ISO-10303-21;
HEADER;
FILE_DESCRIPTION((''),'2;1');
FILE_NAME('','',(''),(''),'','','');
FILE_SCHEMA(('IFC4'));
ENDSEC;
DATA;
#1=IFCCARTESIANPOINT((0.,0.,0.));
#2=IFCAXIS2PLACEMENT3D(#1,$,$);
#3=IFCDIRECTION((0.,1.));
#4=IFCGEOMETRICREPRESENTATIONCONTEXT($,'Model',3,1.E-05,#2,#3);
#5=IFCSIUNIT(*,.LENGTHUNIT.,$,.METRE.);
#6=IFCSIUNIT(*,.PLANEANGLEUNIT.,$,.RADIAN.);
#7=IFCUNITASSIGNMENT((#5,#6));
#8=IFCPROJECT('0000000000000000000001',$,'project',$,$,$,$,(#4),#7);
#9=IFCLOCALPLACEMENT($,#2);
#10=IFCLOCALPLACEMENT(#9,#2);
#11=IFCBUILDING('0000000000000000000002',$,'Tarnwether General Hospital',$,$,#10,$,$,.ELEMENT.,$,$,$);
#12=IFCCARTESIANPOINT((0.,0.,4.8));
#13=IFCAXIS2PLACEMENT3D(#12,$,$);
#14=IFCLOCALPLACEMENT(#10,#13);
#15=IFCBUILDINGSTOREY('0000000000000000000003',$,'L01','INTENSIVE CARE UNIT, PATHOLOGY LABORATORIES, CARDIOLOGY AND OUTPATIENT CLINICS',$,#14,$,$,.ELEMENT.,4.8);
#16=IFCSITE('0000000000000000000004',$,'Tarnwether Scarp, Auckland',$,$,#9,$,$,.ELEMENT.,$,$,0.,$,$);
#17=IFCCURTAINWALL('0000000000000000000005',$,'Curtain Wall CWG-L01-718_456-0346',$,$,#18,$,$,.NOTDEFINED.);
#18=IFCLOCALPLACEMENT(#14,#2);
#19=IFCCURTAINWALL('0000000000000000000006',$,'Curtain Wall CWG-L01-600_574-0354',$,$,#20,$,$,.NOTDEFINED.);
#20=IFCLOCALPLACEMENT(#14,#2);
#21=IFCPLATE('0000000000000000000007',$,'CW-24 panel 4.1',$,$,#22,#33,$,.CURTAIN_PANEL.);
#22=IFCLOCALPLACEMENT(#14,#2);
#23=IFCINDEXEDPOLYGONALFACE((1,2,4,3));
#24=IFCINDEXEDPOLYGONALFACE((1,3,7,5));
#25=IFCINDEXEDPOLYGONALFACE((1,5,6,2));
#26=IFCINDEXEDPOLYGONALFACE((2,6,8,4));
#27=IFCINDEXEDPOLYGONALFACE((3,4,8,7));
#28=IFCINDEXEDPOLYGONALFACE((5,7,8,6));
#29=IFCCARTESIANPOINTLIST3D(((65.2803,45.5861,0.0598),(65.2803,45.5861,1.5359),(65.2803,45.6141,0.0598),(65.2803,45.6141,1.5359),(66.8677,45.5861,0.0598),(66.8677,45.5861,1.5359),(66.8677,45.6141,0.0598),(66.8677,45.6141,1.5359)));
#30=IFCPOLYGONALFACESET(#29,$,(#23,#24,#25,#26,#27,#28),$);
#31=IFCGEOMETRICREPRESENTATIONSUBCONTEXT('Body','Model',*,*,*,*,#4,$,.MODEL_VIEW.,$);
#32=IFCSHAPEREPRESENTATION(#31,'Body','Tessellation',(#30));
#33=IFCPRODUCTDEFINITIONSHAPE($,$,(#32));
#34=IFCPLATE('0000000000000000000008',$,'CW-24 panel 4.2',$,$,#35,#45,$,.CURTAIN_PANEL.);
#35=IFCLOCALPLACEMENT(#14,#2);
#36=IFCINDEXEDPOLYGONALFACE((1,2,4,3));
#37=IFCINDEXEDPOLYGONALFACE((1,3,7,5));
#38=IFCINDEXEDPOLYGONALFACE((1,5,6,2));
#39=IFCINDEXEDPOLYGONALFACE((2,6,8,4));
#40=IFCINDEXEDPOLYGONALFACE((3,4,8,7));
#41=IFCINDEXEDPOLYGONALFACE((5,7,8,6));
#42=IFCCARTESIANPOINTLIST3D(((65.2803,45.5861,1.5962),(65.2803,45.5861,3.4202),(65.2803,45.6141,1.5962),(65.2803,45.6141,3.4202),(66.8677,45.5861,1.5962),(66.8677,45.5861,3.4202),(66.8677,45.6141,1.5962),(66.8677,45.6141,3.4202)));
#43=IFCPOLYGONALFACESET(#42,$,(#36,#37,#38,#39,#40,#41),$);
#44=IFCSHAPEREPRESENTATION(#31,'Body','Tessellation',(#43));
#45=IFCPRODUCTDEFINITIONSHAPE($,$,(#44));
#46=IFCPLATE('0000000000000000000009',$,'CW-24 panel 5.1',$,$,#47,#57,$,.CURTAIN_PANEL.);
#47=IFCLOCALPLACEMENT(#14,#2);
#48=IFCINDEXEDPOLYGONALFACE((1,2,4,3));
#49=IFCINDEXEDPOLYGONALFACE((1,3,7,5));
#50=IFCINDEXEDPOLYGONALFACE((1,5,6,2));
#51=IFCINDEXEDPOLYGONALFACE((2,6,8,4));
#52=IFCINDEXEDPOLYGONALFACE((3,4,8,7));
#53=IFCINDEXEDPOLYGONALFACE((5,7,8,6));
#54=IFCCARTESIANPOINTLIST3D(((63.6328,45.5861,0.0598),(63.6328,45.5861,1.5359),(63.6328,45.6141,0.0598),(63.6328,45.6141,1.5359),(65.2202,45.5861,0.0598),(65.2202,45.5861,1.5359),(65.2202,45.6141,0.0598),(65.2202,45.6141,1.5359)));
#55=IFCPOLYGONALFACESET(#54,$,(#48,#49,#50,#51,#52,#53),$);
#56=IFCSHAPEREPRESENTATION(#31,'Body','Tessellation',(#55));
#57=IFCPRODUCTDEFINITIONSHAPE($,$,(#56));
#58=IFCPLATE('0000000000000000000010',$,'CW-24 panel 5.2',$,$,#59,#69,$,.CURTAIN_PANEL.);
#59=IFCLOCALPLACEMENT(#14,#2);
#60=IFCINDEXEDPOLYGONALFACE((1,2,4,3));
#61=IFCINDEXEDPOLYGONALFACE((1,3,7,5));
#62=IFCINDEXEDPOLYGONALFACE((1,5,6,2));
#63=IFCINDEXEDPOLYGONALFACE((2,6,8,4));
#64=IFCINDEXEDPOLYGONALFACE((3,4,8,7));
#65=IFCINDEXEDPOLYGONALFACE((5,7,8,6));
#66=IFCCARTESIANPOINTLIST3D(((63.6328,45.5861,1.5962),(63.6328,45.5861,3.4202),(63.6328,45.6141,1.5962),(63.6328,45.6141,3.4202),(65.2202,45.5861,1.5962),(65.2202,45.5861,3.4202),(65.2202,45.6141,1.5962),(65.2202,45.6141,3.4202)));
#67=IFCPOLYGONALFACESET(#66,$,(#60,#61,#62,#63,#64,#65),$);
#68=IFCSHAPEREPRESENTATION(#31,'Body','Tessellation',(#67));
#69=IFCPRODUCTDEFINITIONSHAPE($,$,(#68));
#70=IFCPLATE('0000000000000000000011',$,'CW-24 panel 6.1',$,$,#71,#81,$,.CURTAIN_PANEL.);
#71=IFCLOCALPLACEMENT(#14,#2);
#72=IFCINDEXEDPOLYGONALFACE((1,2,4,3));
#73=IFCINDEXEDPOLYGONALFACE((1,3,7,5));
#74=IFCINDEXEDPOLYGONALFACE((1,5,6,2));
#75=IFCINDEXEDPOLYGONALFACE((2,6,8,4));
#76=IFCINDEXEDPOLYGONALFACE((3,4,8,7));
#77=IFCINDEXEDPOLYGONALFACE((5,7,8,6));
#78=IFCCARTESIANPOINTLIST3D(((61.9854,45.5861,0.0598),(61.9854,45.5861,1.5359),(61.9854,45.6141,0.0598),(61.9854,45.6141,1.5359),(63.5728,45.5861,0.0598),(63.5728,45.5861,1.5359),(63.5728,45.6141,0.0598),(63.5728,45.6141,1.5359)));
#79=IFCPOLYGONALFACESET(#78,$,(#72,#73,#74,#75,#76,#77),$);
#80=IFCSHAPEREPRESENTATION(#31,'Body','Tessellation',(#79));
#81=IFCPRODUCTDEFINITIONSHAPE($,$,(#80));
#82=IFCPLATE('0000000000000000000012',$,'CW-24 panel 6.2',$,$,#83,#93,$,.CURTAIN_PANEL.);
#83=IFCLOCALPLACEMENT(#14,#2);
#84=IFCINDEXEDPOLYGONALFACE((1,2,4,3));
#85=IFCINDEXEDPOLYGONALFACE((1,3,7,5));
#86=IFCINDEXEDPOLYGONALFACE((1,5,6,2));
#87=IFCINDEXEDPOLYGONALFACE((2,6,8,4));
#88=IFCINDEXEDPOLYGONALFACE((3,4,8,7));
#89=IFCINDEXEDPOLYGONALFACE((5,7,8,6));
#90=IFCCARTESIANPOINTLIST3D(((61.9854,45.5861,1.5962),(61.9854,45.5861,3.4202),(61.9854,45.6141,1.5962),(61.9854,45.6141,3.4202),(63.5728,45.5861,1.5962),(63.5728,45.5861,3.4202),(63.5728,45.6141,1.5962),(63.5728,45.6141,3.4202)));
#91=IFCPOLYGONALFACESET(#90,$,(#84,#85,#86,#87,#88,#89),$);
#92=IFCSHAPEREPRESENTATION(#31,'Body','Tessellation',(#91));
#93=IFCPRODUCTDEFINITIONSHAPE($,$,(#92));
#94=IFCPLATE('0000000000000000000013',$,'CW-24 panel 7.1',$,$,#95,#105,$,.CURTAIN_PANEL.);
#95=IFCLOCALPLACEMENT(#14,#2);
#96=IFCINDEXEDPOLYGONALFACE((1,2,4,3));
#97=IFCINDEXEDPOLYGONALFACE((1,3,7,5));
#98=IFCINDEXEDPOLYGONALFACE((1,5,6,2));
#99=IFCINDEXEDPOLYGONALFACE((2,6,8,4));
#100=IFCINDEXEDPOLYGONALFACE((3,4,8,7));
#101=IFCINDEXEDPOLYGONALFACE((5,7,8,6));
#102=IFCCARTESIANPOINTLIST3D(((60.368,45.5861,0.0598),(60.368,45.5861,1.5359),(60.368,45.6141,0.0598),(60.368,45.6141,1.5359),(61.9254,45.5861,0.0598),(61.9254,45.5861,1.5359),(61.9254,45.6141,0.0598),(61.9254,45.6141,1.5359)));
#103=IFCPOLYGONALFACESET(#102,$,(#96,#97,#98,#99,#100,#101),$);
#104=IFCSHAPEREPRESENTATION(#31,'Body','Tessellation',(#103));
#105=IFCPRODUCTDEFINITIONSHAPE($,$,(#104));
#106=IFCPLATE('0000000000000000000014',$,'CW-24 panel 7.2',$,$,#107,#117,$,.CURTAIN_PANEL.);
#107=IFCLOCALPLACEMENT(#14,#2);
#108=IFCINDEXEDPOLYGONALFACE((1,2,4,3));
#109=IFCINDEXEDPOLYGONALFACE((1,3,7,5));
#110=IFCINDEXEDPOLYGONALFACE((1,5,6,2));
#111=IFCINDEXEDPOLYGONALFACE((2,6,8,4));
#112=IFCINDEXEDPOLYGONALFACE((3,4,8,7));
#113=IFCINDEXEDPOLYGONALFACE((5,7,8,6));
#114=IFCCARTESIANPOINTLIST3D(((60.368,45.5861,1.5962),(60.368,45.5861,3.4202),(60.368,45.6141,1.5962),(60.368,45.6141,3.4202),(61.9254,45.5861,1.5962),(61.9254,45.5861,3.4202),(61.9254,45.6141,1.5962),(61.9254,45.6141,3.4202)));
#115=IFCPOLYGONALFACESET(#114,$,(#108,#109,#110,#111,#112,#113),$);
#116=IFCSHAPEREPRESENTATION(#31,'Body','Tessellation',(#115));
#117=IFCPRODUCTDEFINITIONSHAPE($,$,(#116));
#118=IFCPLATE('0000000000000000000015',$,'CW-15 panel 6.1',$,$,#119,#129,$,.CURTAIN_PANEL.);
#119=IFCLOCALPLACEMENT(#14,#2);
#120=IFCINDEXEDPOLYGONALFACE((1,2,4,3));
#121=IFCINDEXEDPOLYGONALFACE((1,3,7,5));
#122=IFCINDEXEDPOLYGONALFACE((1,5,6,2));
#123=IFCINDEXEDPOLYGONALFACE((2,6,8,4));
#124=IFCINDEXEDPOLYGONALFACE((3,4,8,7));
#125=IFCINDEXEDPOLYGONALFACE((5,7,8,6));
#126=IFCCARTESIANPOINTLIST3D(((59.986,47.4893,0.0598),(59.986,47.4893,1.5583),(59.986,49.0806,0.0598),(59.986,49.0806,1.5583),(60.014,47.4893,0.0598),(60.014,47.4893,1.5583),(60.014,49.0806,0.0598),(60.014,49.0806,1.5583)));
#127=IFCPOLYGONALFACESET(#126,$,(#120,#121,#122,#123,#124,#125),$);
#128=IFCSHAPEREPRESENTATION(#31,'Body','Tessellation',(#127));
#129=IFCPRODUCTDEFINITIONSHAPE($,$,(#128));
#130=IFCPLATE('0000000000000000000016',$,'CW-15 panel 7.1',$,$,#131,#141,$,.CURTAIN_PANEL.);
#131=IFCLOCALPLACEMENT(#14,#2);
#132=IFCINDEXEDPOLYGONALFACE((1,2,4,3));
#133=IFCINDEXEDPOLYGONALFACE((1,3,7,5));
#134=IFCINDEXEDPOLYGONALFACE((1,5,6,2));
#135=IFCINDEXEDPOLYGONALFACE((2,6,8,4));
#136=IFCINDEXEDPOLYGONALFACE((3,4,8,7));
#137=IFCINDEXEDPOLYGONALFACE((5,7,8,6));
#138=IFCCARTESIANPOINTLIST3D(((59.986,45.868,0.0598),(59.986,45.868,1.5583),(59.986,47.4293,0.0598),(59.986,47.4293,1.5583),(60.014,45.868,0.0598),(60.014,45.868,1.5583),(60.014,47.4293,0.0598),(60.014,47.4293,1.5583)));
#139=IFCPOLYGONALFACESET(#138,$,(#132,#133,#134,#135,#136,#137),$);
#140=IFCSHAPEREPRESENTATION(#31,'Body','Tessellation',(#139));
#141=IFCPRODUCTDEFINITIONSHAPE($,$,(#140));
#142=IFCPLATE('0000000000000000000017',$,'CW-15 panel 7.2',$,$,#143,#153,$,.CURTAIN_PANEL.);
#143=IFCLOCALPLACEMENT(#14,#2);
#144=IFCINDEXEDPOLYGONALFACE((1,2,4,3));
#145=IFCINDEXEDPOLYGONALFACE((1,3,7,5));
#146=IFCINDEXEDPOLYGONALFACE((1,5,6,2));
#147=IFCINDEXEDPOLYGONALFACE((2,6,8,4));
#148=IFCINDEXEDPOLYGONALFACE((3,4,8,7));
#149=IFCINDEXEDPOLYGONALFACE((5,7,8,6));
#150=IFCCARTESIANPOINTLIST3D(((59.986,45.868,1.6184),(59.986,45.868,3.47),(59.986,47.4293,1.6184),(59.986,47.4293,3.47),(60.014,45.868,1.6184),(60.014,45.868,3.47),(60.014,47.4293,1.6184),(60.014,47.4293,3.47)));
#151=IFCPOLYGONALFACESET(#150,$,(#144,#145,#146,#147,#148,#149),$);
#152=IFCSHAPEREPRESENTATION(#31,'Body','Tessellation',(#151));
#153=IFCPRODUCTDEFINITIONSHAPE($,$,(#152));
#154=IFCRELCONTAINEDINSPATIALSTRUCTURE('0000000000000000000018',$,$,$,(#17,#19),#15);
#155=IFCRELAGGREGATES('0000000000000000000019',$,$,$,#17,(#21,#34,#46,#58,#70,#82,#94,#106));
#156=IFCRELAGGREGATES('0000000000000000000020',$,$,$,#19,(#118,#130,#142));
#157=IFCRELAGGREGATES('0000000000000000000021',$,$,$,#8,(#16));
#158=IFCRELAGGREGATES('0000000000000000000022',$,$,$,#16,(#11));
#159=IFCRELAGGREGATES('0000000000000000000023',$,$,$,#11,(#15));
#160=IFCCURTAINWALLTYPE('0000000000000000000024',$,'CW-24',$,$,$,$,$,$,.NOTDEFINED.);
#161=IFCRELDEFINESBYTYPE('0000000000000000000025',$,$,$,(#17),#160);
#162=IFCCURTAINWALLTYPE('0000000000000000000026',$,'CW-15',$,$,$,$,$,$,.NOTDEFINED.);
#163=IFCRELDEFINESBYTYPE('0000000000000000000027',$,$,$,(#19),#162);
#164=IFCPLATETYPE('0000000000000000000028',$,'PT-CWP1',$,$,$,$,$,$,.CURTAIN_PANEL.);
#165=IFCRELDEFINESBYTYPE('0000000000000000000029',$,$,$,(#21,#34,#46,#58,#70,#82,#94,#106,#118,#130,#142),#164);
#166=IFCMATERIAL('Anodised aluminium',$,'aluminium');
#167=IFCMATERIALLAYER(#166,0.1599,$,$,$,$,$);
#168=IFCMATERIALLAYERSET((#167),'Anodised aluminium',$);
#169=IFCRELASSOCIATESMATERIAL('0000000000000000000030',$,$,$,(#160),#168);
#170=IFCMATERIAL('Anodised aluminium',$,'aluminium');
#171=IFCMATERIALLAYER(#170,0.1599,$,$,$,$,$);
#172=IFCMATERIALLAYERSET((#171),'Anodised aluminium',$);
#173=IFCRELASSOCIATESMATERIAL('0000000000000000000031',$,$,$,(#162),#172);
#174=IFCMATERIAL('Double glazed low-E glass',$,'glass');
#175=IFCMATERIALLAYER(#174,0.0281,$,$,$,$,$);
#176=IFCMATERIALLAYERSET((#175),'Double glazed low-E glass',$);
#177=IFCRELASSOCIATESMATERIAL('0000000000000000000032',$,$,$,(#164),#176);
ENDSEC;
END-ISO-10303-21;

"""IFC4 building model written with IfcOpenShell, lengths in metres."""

from ifc_helpers import new_model, si_unit, direction, frame, origin, origin_2d, place, context, subcontext, project, spatial, rectangle, extrude, material, layer, layer_set, type_object, element, aggregate, save


model = new_model("IFC4")

# Units and contexts
model_context = context("Model", 3, precision=1e-05, world=origin(), true_north=direction((0.0, 1.0)))
body_context = subcontext(model_context, "Body", "Model", "MODEL_VIEW")
ifc_project = project(units=[si_unit("LENGTHUNIT", "METRE"), si_unit("PLANEANGLEUNIT", "RADIAN")], contexts=[model_context])

# Site, building, storey
site_placement = place(None, origin())
site = spatial("IfcSite", under=ifc_project, at=site_placement, Name="Tarnwether Scarp, Auckland", CompositionType="ELEMENT", RefElevation=0.0)
building_placement = place(site_placement, origin())
building = spatial("IfcBuilding", under=site, at=building_placement, Name="Tarnwether General Hospital", CompositionType="ELEMENT")
storey_placement = place(building_placement, frame((0.0, 0.0, 4.8)))
storey = spatial("IfcBuildingStorey", under=building, at=storey_placement, Name="L01", Description="INTENSIVE CARE UNIT, PATHOLOGY LABORATORIES, CARDIOLOGY AND OUTPATIENT CLINICS", CompositionType="ELEMENT", Elevation=4.8)

# Curtain walls
ifc_material_1 = material(Name="Anodised aluminium", Category="aluminium")
ifc_layer_1 = layer(ifc_material_1, 0.1599)
ifc_layer_set_1 = layer_set([ifc_layer_1], Name="Anodised aluminium")
curtain_wall_type_1 = type_object("IfcCurtainWallType", Name="CW-24", PredefinedType="NOTDEFINED", material=ifc_layer_set_1)
curtain_wall_1_placement = place(storey_placement, origin())
curtain_wall_1 = element("IfcCurtainWall", 1, at=curtain_wall_1_placement, inside=storey, type_object=curtain_wall_type_1, Name="Curtain Wall CWG-L01-718_456-0346", PredefinedType="NOTDEFINED")
ifc_material_2 = material(Name="Anodised aluminium", Category="aluminium")
ifc_layer_2 = layer(ifc_material_2, 0.1599)
ifc_layer_set_2 = layer_set([ifc_layer_2], Name="Anodised aluminium")
curtain_wall_type_2 = type_object("IfcCurtainWallType", Name="CW-15", PredefinedType="NOTDEFINED", material=ifc_layer_set_2)
curtain_wall_2_placement = place(storey_placement, origin())
curtain_wall_2 = element("IfcCurtainWall", 2, at=curtain_wall_2_placement, inside=storey, type_object=curtain_wall_type_2, Name="Curtain Wall CWG-L01-600_574-0354", PredefinedType="NOTDEFINED")

# Plates
ifc_material_3 = material(Name="Double glazed low-E glass", Category="glass")
ifc_layer_3 = layer(ifc_material_3, 0.0281)
ifc_layer_set_3 = layer_set([ifc_layer_3], Name="Double glazed low-E glass")
plate_type = type_object("IfcPlateType", Name="PT-CWP1", PredefinedType="CURTAIN_PANEL", material=ifc_layer_set_3)
plate_1_placement = place(storey_placement, frame((66.074, 45.6001, 0.0598), z_axis=(0.0, 0.0, 1.0), x_axis=(-1.0, 0.0, 0.0)))
plate_1 = element("IfcPlate", 3, at=plate_1_placement, type_object=plate_type, Name="CW-24 panel 4.1", PredefinedType="CURTAIN_PANEL", context=body_context, shape_type="SweptSolid", body=[
    extrude(rectangle(XDim=1.5874, YDim=0.0281, at=origin_2d()), origin(), (0.0, 0.0, 1.0), 1.4761),
])
plate_2_placement = place(storey_placement, frame((66.074, 45.6001, 1.5962), z_axis=(0.0, 0.0, 1.0), x_axis=(-1.0, 0.0, 0.0)))
plate_2 = element("IfcPlate", 4, at=plate_2_placement, type_object=plate_type, Name="CW-24 panel 4.2", PredefinedType="CURTAIN_PANEL", context=body_context, shape_type="SweptSolid", body=[
    extrude(rectangle(XDim=1.5874, YDim=0.0281, at=origin_2d()), origin(), (0.0, 0.0, 1.0), 1.824),
])
plate_3_placement = place(storey_placement, frame((64.4265, 45.6001, 0.0598), z_axis=(0.0, 0.0, 1.0), x_axis=(-1.0, 0.0, 0.0)))
plate_3 = element("IfcPlate", 5, at=plate_3_placement, type_object=plate_type, Name="CW-24 panel 5.1", PredefinedType="CURTAIN_PANEL", context=body_context, shape_type="SweptSolid", body=[
    extrude(rectangle(XDim=1.5874, YDim=0.0281, at=origin_2d()), origin(), (0.0, 0.0, 1.0), 1.4761),
])
plate_4_placement = place(storey_placement, frame((64.4265, 45.6001, 1.5962), z_axis=(0.0, 0.0, 1.0), x_axis=(-1.0, 0.0, 0.0)))
plate_4 = element("IfcPlate", 6, at=plate_4_placement, type_object=plate_type, Name="CW-24 panel 5.2", PredefinedType="CURTAIN_PANEL", context=body_context, shape_type="SweptSolid", body=[
    extrude(rectangle(XDim=1.5874, YDim=0.0281, at=origin_2d()), origin(), (0.0, 0.0, 1.0), 1.824),
])
plate_5_placement = place(storey_placement, frame((62.7791, 45.6001, 0.0598), z_axis=(0.0, 0.0, 1.0), x_axis=(-1.0, 0.0, 0.0)))
plate_5 = element("IfcPlate", 7, at=plate_5_placement, type_object=plate_type, Name="CW-24 panel 6.1", PredefinedType="CURTAIN_PANEL", context=body_context, shape_type="SweptSolid", body=[
    extrude(rectangle(XDim=1.5874, YDim=0.0281, at=origin_2d()), origin(), (0.0, 0.0, 1.0), 1.4761),
])
plate_6_placement = place(storey_placement, frame((62.7791, 45.6001, 1.5962), z_axis=(0.0, 0.0, 1.0), x_axis=(-1.0, 0.0, 0.0)))
plate_6 = element("IfcPlate", 8, at=plate_6_placement, type_object=plate_type, Name="CW-24 panel 6.2", PredefinedType="CURTAIN_PANEL", context=body_context, shape_type="SweptSolid", body=[
    extrude(rectangle(XDim=1.5874, YDim=0.0281, at=origin_2d()), origin(), (0.0, 0.0, 1.0), 1.824),
])
plate_7_placement = place(storey_placement, frame((61.1467, 45.6001, 0.0598), z_axis=(0.0, 0.0, 1.0), x_axis=(-1.0, 0.0, 0.0)))
plate_7 = element("IfcPlate", 9, at=plate_7_placement, type_object=plate_type, Name="CW-24 panel 7.1", PredefinedType="CURTAIN_PANEL", context=body_context, shape_type="SweptSolid", body=[
    extrude(rectangle(XDim=1.5574, YDim=0.0281, at=origin_2d()), origin(), (0.0, 0.0, 1.0), 1.4761),
])
plate_8_placement = place(storey_placement, frame((61.1467, 45.6001, 1.5962), z_axis=(0.0, 0.0, 1.0), x_axis=(-1.0, 0.0, 0.0)))
plate_8 = element("IfcPlate", 10, at=plate_8_placement, type_object=plate_type, Name="CW-24 panel 7.2", PredefinedType="CURTAIN_PANEL", context=body_context, shape_type="SweptSolid", body=[
    extrude(rectangle(XDim=1.5574, YDim=0.0281, at=origin_2d()), origin(), (0.0, 0.0, 1.0), 1.824),
])
aggregate(curtain_wall_1, [plate_1, plate_2, plate_3, plate_4, plate_5, plate_6, plate_7, plate_8])
plate_9_placement = place(storey_placement, frame((60.0, 48.2849, 0.0598), z_axis=(0.0, 0.0, 1.0), x_axis=(0.0, -1.0, 0.0)))
plate_9 = element("IfcPlate", 11, at=plate_9_placement, type_object=plate_type, Name="CW-15 panel 6.1", PredefinedType="CURTAIN_PANEL", context=body_context, shape_type="SweptSolid", body=[
    extrude(rectangle(XDim=1.5913, YDim=0.0281, at=origin_2d()), origin(), (0.0, 0.0, 1.0), 1.4985),
])
plate_10_placement = place(storey_placement, frame((60.0, 46.6487, 0.0598), z_axis=(0.0, 0.0, 1.0), x_axis=(0.0, -1.0, 0.0)))
plate_10 = element("IfcPlate", 12, at=plate_10_placement, type_object=plate_type, Name="CW-15 panel 7.1", PredefinedType="CURTAIN_PANEL", context=body_context, shape_type="SweptSolid", body=[
    extrude(rectangle(XDim=1.5613, YDim=0.0281, at=origin_2d()), origin(), (0.0, 0.0, 1.0), 1.4985),
])
plate_11_placement = place(storey_placement, frame((60.0, 46.6487, 1.6184), z_axis=(0.0, 0.0, 1.0), x_axis=(0.0, -1.0, 0.0)))
plate_11 = element("IfcPlate", 13, at=plate_11_placement, type_object=plate_type, Name="CW-15 panel 7.2", PredefinedType="CURTAIN_PANEL", context=body_context, shape_type="SweptSolid", body=[
    extrude(rectangle(XDim=1.5613, YDim=0.0281, at=origin_2d()), origin(), (0.0, 0.0, 1.0), 1.8516),
])
aggregate(curtain_wall_2, [plate_9, plate_10, plate_11])

save(model, "model.ifc")
